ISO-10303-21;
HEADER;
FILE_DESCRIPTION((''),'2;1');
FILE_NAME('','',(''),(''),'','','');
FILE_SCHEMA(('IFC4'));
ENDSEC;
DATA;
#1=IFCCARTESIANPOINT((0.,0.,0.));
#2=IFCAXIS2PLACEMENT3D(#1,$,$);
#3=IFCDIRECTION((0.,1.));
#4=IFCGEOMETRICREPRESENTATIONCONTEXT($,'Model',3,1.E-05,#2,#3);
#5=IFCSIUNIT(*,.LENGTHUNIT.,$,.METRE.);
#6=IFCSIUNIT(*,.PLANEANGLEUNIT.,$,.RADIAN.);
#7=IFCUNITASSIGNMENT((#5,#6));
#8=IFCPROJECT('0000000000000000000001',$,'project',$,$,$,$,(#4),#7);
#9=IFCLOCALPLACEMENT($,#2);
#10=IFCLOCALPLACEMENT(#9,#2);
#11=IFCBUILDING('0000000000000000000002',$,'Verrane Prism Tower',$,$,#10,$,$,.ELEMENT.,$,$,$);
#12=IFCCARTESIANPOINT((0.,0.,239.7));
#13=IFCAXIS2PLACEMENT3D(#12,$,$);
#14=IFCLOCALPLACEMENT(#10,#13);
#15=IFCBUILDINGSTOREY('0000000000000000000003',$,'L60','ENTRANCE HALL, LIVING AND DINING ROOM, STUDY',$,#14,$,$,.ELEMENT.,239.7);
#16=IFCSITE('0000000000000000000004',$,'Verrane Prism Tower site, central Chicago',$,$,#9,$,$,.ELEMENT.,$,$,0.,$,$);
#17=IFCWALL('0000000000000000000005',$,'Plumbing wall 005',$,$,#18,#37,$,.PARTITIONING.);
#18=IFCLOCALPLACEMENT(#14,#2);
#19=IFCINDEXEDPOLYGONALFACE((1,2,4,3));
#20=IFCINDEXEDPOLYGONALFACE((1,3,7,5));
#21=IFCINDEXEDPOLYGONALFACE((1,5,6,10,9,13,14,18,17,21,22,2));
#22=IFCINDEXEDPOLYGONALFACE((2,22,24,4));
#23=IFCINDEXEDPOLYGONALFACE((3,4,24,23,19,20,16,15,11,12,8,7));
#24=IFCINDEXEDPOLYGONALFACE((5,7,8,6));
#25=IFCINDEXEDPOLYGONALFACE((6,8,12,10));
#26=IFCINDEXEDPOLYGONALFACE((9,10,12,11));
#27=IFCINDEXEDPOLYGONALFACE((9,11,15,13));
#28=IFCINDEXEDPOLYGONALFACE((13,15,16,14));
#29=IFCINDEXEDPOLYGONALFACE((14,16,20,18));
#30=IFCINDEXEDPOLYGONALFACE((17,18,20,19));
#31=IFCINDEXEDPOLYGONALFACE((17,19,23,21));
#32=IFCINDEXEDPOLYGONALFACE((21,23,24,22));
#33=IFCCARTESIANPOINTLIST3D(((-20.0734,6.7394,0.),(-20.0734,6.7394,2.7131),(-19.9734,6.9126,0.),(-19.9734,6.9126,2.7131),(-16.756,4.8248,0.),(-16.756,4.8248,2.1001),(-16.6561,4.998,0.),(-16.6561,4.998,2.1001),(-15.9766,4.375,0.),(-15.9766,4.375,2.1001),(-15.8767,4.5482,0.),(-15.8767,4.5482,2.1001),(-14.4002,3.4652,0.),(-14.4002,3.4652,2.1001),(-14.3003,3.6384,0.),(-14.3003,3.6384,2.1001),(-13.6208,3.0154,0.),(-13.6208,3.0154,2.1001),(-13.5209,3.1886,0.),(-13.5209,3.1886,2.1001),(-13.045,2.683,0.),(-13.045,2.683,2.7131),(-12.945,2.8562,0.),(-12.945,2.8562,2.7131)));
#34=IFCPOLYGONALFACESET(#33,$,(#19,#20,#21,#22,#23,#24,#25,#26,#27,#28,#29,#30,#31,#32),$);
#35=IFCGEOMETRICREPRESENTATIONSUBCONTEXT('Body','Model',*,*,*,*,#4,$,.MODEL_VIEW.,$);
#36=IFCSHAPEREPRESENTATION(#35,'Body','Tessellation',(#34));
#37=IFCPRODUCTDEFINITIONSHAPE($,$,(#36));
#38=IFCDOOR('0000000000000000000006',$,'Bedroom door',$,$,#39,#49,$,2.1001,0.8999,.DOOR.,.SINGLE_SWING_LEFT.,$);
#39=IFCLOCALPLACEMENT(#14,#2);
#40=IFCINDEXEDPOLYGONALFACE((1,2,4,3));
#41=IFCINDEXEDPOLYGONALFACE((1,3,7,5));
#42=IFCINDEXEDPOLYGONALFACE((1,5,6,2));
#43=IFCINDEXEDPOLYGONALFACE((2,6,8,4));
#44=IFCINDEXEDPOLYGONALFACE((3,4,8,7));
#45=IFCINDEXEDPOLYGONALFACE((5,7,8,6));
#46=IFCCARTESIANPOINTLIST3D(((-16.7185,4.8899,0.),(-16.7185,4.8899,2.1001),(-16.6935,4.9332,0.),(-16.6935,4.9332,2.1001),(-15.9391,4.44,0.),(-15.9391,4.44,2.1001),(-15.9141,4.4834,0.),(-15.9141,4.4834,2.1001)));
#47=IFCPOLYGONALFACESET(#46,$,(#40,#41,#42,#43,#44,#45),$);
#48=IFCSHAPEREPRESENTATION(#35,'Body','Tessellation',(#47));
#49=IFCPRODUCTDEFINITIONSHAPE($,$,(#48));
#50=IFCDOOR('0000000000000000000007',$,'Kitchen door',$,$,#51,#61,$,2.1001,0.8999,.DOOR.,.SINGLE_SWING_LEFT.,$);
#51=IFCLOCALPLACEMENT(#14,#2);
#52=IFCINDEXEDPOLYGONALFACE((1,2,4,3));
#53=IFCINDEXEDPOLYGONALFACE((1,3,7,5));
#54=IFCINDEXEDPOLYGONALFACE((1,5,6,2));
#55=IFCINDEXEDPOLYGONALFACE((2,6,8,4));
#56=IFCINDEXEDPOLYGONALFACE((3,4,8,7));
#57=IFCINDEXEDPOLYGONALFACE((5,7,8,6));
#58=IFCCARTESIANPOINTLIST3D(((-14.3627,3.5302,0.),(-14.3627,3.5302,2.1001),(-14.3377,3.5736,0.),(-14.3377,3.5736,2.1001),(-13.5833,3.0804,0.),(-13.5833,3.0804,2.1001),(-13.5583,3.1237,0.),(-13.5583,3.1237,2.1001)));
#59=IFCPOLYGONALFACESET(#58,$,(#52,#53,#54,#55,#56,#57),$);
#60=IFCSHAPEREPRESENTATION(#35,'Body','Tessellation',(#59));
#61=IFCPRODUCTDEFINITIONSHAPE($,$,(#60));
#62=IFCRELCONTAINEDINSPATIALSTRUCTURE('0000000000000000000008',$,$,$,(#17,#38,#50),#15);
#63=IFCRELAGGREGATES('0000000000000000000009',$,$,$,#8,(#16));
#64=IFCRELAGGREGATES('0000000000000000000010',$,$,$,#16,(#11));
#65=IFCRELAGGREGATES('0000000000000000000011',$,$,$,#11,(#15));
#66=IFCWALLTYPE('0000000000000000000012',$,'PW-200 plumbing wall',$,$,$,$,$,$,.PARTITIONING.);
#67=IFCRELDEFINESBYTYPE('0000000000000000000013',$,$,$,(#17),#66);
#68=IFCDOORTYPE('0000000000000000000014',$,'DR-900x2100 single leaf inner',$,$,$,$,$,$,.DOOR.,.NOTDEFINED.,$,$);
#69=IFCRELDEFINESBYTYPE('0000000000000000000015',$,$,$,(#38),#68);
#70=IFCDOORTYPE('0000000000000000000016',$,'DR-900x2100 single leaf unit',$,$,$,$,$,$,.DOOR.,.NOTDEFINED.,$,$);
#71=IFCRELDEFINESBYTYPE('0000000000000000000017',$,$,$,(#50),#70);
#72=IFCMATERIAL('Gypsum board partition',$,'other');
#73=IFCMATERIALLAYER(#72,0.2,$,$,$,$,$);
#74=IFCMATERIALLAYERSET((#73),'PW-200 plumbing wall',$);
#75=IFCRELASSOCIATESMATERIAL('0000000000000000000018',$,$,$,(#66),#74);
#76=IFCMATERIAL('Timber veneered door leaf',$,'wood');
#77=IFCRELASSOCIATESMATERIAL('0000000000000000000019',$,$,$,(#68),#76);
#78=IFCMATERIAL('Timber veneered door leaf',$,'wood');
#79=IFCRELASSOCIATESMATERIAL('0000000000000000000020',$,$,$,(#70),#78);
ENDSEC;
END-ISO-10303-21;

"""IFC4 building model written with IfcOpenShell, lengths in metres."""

from ifc_helpers import new_model, si_unit, direction, frame, frame_2d, origin, place, context, subcontext, project, spatial, rectangle, extrude, material, layer, layer_set, type_object, element, fill, save


model = new_model("IFC4")

# Units and contexts
model_context = context("Model", 3, precision=1e-05, world=origin(), true_north=direction((0.0, 1.0)))
body_context = subcontext(model_context, "Body", "Model", "MODEL_VIEW")
ifc_project = project(units=[si_unit("LENGTHUNIT", "METRE"), si_unit("PLANEANGLEUNIT", "RADIAN")], contexts=[model_context])

# Site, building, storey
site_placement = place(None, origin())
site = spatial("IfcSite", under=ifc_project, at=site_placement, Name="Verrane Prism Tower site, central Chicago", CompositionType="ELEMENT", RefElevation=0.0)
building_placement = place(site_placement, origin())
building = spatial("IfcBuilding", under=site, at=building_placement, Name="Verrane Prism Tower", CompositionType="ELEMENT")
storey_placement = place(building_placement, frame((0.0, 0.0, 239.7)))
storey = spatial("IfcBuildingStorey", under=building, at=storey_placement, Name="L60", Description="ENTRANCE HALL, LIVING AND DINING ROOM, STUDY", CompositionType="ELEMENT", Elevation=239.7)

# Shared definitions
ifc_material_1 = material(Name="Gypsum board partition", Category="other")
ifc_layer_1 = layer(ifc_material_1, 0.2)
ifc_layer_set_1 = layer_set([ifc_layer_1], Name="PW-200 plumbing wall")
wall_type_1 = type_object("IfcWallType", Name="PW-200 plumbing wall", PredefinedType="PARTITIONING", material=ifc_layer_set_1)

# Wall, openings, doors
wall_1_placement = place(storey_placement, frame((-12.9949, 2.7695, 0.0), z_axis=(0.0, 0.0, 1.0), x_axis=(-0.8661, 0.49987, 0.0)))
wall_1 = element("IfcWall", 1, at=wall_1_placement, inside=storey, type_object=wall_type_1, Name="Plumbing wall 005", PredefinedType="PARTITIONING", context=body_context, shape_type="SweptSolid", body=[
    extrude(rectangle(XDim=8.115, YDim=0.2, at=frame_2d((4.0576, 0.0))), origin(), (0.0, 0.0, 1.0), 2.7131),
])
opening_1_placement = place(wall_1_placement, frame((3.385, 0.0, 0.0)))
opening_1 = element("IfcOpeningElement", 2, at=opening_1_placement, cuts=wall_1, PredefinedType="OPENING", context=body_context, shape_type="SweptSolid", body=[
    extrude(rectangle(XDim=0.8999, YDim=2.1001, at=frame_2d((0.45, 1.05))), frame((0.0, 0.1099, 0.0), z_axis=(0.0, -1.0, 0.0), x_axis=(1.0, 0.0, 0.0)), (0.0, 0.0, 1.0), 0.22),
])
opening_2_placement = place(wall_1_placement, frame((0.665, 0.0, 0.0)))
opening_2 = element("IfcOpeningElement", 3, at=opening_2_placement, cuts=wall_1, PredefinedType="OPENING", context=body_context, shape_type="SweptSolid", body=[
    extrude(rectangle(XDim=0.8999, YDim=2.1001, at=frame_2d((0.45, 1.05))), frame((0.0, 0.1099, 0.0), z_axis=(0.0, -1.0, 0.0), x_axis=(1.0, 0.0, 0.0)), (0.0, 0.0, 1.0), 0.22),
])
ifc_material_2 = material(Name="Timber veneered door leaf", Category="wood")
door_type_1 = type_object("IfcDoorType", Name="DR-900x2100 single leaf inner", OperationType="NOTDEFINED", PredefinedType="DOOR", material=ifc_material_2)
door_1_placement = place(opening_1_placement, origin())
door_1 = element("IfcDoor", 4, at=door_1_placement, inside=storey, type_object=door_type_1, Name="Bedroom door", OperationType="SINGLE_SWING_LEFT", OverallHeight=2.1001, OverallWidth=0.8999, PredefinedType="DOOR", context=body_context, shape_type="SweptSolid", body=[
    extrude(rectangle(XDim=0.8999, YDim=2.1001, at=frame_2d((0.45, 1.05))), frame((0.0, 0.0249, 0.0), z_axis=(0.0, -1.0, 0.0), x_axis=(1.0, 0.0, 0.0)), (0.0, 0.0, 1.0), 0.05),
])
fill(opening_1, door_1)
ifc_material_3 = material(Name="Timber veneered door leaf", Category="wood")
door_type_2 = type_object("IfcDoorType", Name="DR-900x2100 single leaf unit", OperationType="NOTDEFINED", PredefinedType="DOOR", material=ifc_material_3)
door_2_placement = place(opening_2_placement, origin())
door_2 = element("IfcDoor", 5, at=door_2_placement, inside=storey, type_object=door_type_2, Name="Kitchen door", OperationType="SINGLE_SWING_LEFT", OverallHeight=2.1001, OverallWidth=0.8999, PredefinedType="DOOR", context=body_context, shape_type="SweptSolid", body=[
    extrude(rectangle(XDim=0.8999, YDim=2.1001, at=frame_2d((0.45, 1.05))), frame((0.0, 0.0249, 0.0), z_axis=(0.0, -1.0, 0.0), x_axis=(1.0, 0.0, 0.0)), (0.0, 0.0, 1.0), 0.05),
])
fill(opening_2, door_2)

save(model, "model.ifc")
